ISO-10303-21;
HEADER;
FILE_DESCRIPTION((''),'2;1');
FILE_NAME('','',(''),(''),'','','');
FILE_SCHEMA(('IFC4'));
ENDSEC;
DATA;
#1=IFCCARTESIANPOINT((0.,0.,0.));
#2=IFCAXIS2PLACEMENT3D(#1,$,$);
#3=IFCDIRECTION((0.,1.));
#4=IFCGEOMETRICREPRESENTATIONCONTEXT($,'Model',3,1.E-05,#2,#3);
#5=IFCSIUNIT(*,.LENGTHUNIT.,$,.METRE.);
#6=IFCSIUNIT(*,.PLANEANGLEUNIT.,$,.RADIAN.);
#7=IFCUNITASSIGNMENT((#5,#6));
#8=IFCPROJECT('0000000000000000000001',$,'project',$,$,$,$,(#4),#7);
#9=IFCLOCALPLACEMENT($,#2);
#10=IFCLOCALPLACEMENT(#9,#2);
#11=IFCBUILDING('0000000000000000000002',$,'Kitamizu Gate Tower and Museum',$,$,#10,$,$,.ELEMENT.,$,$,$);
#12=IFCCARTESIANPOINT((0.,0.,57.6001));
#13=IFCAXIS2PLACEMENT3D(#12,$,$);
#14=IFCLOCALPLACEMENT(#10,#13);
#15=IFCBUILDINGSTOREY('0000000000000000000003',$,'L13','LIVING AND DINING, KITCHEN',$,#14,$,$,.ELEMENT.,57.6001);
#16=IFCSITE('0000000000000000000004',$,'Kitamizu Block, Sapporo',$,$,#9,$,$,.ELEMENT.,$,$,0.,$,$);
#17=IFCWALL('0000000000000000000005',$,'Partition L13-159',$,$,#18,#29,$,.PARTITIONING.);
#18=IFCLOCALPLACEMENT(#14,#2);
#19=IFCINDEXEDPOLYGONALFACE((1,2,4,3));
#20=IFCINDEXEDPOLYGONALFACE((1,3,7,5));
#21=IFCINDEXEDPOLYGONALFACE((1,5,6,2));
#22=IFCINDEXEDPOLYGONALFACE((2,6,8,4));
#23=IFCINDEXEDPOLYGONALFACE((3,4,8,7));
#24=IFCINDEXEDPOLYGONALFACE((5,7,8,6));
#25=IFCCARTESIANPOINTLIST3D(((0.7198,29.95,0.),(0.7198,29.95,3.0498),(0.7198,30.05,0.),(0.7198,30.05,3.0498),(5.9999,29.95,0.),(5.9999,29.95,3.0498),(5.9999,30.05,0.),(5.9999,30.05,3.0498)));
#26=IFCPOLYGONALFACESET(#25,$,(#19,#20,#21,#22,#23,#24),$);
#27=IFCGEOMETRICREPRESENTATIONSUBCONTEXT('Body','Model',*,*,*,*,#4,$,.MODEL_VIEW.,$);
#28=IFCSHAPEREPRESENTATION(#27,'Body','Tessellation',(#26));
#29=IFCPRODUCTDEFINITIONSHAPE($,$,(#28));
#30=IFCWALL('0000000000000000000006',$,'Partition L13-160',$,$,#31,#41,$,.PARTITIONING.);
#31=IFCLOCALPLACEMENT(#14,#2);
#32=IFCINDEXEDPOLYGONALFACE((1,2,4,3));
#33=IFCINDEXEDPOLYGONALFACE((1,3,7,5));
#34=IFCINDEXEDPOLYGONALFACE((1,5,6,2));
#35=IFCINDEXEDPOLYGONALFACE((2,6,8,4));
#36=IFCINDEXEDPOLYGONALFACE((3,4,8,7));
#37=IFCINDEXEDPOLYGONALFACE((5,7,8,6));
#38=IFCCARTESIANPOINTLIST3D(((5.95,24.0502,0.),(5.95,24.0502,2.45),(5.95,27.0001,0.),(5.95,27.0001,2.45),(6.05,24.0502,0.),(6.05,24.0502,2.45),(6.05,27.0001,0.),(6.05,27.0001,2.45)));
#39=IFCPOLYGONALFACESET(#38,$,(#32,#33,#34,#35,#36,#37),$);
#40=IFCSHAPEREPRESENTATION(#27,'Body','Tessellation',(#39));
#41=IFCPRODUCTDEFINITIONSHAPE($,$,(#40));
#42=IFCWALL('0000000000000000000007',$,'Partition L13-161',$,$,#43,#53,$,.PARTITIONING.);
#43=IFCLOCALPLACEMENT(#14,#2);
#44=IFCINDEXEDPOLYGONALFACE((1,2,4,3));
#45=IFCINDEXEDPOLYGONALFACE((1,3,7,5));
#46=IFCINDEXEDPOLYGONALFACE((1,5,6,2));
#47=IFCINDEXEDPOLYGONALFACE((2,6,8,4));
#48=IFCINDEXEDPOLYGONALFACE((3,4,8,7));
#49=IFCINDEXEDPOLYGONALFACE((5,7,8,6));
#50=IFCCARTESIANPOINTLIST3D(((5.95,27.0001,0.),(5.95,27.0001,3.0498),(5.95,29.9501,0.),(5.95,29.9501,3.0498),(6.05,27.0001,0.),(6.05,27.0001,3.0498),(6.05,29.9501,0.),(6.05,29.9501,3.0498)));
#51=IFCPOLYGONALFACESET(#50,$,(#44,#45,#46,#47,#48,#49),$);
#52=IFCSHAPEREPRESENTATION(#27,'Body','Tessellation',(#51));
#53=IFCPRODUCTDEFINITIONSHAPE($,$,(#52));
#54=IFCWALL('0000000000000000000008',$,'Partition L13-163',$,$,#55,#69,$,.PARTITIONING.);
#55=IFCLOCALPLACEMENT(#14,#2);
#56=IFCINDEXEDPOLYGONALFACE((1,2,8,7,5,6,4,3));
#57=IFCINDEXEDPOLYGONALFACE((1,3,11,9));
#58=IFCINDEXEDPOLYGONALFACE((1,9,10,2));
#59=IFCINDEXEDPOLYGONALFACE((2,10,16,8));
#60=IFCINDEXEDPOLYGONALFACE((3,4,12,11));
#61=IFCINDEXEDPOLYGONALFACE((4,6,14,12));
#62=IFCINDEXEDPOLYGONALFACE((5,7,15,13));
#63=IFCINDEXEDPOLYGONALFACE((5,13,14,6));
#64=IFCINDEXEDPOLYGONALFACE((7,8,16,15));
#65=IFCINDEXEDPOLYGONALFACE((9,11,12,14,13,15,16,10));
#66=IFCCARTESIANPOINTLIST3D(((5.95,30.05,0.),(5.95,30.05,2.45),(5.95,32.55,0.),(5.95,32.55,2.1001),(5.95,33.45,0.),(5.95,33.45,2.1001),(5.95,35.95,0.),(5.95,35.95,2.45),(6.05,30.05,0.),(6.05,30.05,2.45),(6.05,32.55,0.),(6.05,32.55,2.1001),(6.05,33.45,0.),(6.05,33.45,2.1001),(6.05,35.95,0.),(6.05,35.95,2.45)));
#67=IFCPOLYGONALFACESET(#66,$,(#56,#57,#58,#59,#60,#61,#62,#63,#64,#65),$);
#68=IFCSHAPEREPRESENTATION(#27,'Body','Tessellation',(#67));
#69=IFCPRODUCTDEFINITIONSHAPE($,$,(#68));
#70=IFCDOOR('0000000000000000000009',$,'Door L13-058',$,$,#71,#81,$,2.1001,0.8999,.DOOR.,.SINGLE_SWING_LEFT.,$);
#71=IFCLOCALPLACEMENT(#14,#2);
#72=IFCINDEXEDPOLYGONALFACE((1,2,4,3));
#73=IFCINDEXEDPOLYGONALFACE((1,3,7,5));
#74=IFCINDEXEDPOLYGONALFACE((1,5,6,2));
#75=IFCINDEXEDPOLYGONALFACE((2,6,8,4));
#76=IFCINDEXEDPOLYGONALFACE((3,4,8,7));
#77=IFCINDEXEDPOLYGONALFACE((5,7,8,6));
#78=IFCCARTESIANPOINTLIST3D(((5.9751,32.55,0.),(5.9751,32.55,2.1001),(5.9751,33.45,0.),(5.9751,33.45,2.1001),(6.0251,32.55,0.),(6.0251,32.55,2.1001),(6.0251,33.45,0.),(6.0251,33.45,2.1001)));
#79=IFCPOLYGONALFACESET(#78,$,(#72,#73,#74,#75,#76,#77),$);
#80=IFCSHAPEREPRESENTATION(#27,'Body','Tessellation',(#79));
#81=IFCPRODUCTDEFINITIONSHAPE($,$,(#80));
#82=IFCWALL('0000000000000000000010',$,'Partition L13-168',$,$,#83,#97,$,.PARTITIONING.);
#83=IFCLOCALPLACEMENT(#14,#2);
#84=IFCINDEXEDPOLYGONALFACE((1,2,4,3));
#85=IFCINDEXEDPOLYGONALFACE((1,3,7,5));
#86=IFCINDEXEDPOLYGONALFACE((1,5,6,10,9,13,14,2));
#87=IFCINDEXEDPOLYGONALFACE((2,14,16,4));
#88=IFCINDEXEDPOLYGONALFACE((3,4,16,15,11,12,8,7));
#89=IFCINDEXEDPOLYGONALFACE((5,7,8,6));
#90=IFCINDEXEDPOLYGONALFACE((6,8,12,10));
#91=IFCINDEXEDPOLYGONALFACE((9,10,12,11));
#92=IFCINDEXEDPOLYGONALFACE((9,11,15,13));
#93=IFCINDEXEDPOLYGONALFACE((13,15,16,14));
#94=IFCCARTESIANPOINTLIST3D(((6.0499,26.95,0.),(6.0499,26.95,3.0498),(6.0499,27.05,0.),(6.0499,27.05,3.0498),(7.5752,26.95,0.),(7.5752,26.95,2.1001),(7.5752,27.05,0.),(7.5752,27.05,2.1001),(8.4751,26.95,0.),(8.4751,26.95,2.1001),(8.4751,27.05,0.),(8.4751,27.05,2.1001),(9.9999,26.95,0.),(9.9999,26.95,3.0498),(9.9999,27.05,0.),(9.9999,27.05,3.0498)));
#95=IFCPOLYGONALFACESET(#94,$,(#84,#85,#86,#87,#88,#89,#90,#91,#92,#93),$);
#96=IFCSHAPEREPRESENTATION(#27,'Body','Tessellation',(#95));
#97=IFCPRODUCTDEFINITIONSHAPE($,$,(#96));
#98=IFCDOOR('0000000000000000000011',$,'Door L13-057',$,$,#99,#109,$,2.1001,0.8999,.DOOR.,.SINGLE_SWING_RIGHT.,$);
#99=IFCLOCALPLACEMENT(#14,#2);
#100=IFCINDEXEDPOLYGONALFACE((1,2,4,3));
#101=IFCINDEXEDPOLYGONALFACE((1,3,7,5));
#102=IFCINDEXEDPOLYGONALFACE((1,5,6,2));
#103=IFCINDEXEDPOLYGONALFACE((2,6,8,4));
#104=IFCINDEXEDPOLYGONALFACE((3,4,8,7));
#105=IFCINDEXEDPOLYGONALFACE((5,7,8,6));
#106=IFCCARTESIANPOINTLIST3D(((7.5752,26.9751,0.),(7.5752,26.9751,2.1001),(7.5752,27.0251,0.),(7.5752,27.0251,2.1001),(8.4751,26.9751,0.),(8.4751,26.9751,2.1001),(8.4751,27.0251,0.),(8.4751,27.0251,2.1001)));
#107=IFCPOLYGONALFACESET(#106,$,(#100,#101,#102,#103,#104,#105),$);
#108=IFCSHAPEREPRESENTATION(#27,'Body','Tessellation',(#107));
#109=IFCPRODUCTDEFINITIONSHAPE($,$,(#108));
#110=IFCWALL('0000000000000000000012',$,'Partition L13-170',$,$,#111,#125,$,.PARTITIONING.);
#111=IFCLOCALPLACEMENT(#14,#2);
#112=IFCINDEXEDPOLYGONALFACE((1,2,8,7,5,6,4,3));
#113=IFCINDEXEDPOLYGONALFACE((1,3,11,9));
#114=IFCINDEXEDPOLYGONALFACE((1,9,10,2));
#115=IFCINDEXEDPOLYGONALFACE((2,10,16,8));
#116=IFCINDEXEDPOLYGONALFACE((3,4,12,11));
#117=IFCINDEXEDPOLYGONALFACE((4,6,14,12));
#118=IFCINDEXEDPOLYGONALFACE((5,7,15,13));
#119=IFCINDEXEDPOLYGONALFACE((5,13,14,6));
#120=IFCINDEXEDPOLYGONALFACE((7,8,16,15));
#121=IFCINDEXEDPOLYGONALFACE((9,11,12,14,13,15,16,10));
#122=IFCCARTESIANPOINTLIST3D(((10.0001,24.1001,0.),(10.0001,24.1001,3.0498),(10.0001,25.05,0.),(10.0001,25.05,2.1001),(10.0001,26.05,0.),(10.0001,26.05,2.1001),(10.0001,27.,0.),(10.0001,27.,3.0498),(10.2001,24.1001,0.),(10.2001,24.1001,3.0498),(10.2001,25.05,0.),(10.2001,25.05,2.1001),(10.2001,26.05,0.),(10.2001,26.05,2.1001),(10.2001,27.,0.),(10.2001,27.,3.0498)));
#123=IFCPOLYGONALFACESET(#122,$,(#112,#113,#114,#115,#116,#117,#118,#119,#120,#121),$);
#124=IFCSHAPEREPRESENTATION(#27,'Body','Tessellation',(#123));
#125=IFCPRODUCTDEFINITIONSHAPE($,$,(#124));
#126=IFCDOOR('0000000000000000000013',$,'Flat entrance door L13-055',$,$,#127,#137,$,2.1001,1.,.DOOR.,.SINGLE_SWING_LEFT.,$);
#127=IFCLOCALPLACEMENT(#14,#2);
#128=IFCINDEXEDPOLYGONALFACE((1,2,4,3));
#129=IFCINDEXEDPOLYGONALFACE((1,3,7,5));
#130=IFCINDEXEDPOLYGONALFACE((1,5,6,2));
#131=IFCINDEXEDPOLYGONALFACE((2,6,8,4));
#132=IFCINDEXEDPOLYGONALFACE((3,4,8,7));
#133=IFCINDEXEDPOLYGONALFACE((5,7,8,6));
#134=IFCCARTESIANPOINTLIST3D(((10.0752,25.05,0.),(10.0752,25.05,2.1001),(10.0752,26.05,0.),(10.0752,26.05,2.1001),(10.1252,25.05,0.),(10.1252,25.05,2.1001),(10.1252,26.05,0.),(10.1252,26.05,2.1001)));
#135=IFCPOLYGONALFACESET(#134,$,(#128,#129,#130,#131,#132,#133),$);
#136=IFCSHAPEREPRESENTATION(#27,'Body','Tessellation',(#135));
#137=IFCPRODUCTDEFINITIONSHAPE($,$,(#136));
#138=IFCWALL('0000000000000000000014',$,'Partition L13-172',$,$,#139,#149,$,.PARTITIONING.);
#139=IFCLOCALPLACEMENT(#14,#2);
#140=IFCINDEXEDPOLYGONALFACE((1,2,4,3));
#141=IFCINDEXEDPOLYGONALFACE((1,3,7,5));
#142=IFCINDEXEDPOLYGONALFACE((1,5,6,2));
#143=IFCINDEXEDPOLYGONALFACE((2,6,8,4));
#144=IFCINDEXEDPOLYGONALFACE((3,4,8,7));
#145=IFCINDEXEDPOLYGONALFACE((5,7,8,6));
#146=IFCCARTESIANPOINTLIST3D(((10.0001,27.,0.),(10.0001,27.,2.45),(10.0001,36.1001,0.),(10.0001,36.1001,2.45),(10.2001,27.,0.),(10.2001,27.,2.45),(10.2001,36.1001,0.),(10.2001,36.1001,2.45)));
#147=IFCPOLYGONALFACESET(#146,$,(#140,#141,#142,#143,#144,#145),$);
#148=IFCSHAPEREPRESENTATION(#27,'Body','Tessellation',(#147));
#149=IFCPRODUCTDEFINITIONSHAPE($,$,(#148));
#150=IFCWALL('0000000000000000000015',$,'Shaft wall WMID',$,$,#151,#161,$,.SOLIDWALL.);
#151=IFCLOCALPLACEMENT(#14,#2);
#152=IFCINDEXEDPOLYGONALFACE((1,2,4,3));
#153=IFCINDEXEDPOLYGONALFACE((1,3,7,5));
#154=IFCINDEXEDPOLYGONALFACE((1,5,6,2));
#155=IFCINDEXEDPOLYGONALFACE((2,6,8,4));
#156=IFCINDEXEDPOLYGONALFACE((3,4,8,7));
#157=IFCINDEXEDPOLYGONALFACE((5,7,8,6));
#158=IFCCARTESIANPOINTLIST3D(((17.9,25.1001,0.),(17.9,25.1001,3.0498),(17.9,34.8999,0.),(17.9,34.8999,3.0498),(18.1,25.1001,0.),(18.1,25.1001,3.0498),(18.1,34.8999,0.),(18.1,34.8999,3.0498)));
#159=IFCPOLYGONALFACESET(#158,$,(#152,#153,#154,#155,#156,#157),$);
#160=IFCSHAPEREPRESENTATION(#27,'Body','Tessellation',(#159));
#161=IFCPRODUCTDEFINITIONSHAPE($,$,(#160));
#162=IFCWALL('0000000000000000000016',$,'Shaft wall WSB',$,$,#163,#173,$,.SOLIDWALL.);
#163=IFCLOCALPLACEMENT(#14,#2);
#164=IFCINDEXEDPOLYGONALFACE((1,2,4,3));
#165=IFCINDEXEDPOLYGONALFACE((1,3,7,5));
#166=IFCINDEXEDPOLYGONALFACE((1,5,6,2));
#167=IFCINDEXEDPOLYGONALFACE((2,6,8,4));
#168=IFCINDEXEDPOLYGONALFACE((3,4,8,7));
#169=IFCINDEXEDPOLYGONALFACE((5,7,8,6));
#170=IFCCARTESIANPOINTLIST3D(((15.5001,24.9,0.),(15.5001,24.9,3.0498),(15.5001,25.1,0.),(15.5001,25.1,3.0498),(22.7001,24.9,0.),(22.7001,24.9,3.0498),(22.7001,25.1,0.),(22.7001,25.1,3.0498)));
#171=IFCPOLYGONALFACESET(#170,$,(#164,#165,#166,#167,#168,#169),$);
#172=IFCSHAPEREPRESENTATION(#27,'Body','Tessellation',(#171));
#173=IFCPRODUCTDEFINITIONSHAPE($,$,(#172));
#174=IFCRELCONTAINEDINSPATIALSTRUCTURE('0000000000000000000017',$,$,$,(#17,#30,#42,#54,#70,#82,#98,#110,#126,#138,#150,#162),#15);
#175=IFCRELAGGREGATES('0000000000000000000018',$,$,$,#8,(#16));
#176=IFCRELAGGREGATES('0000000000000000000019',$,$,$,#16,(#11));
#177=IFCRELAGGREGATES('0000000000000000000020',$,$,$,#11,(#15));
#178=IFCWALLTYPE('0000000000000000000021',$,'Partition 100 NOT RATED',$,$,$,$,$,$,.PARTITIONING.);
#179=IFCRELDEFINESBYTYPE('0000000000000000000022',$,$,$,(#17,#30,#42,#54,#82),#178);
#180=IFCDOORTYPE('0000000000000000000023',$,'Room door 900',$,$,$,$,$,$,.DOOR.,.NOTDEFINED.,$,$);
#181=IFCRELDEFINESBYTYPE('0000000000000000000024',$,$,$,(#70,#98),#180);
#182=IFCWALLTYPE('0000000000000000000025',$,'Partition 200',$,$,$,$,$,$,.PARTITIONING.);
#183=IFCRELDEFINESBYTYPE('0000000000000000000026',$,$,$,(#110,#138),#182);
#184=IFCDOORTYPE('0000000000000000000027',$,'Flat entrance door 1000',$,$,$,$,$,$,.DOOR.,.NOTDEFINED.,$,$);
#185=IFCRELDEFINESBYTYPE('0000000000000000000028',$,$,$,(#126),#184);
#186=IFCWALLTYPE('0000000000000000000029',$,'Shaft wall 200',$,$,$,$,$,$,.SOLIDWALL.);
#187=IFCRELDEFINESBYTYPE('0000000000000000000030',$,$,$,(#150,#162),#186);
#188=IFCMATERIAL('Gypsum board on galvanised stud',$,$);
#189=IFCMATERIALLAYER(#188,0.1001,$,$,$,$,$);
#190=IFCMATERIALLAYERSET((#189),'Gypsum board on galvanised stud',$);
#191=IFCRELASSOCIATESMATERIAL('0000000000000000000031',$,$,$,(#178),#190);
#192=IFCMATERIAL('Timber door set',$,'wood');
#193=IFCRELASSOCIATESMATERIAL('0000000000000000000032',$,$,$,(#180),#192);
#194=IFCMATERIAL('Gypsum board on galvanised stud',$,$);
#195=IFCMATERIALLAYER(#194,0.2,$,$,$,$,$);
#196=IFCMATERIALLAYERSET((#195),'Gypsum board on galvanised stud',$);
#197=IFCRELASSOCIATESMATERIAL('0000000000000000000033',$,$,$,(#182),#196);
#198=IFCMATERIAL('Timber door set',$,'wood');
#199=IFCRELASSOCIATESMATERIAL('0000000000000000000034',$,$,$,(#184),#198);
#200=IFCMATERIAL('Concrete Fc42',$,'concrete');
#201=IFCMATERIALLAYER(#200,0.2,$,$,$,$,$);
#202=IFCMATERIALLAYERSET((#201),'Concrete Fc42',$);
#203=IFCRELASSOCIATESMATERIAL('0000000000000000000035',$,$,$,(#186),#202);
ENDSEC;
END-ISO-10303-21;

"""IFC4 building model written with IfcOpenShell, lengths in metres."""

from ifc_helpers import new_model, si_unit, direction, frame, frame_2d, origin, place, context, subcontext, project, spatial, rectangle, extrude, material, layer, layer_set, type_object, element, fill, save


model = new_model("IFC4")

# Units and contexts
model_context = context("Model", 3, precision=1e-05, world=origin(), true_north=direction((0.0, 1.0)))
body_context = subcontext(model_context, "Body", "Model", "MODEL_VIEW")
ifc_project = project(units=[si_unit("LENGTHUNIT", "METRE"), si_unit("PLANEANGLEUNIT", "RADIAN")], contexts=[model_context])

# Site, building, storey
site_placement = place(None, origin())
site = spatial("IfcSite", under=ifc_project, at=site_placement, Name="Kitamizu Block, Sapporo", CompositionType="ELEMENT", RefElevation=0.0)
building_placement = place(site_placement, origin())
building = spatial("IfcBuilding", under=site, at=building_placement, Name="Kitamizu Gate Tower and Museum", CompositionType="ELEMENT")
storey_placement = place(building_placement, frame((0.0, 0.0, 57.6001)))
storey = spatial("IfcBuildingStorey", under=building, at=storey_placement, Name="L13", Description="LIVING AND DINING, KITCHEN", CompositionType="ELEMENT", Elevation=57.6001)

# Shared definitions
ifc_material_1 = material(Name="Gypsum board on galvanised stud")
ifc_layer_1 = layer(ifc_material_1, 0.1001)
ifc_layer_set_1 = layer_set([ifc_layer_1], Name="Gypsum board on galvanised stud")
wall_type_1 = type_object("IfcWallType", Name="Partition 100 NOT RATED", PredefinedType="PARTITIONING", material=ifc_layer_set_1)
ifc_material_2 = material(Name="Timber door set", Category="wood")
door_type_1 = type_object("IfcDoorType", Name="Room door 900", OperationType="NOTDEFINED", PredefinedType="DOOR", material=ifc_material_2)

# Walls
wall_1_placement = place(storey_placement, frame((6.0, 30.0, 0.0), z_axis=(0.0, 0.0, 1.0), x_axis=(-1.0, 0.0, 0.0)))
element("IfcWall", 1, at=wall_1_placement, inside=storey, type_object=wall_type_1, Name="Partition L13-159", PredefinedType="PARTITIONING", context=body_context, shape_type="SweptSolid", body=[
    extrude(rectangle(XDim=5.28, YDim=0.1001, at=frame_2d((2.6401, 0.0))), origin(), (0.0, 0.0, 1.0), 3.0498),
])
wall_2_placement = place(storey_placement, frame((6.0, 24.05, 0.0), z_axis=(0.0, 0.0, 1.0), x_axis=(0.0, 1.0, 0.0)))
element("IfcWall", 2, at=wall_2_placement, inside=storey, type_object=wall_type_1, Name="Partition L13-160", PredefinedType="PARTITIONING", context=body_context, shape_type="SweptSolid", body=[
    extrude(rectangle(XDim=2.95, YDim=0.1001, at=frame_2d((1.4751, 0.0))), origin(), (0.0, 0.0, 1.0), 2.45),
])
wall_3_placement = place(storey_placement, frame((6.0, 27.0, 0.0), z_axis=(0.0, 0.0, 1.0), x_axis=(0.0, 1.0, 0.0)))
element("IfcWall", 3, at=wall_3_placement, inside=storey, type_object=wall_type_1, Name="Partition L13-161", PredefinedType="PARTITIONING", context=body_context, shape_type="SweptSolid", body=[
    extrude(rectangle(XDim=2.95, YDim=0.1001, at=frame_2d((1.4751, 0.0))), origin(), (0.0, 0.0, 1.0), 3.0498),
])

# Walls, openings, doors
wall_4_placement = place(storey_placement, frame((6.0, 30.05, 0.0), z_axis=(0.0, 0.0, 1.0), x_axis=(0.0, 1.0, 0.0)))
wall_4 = element("IfcWall", 4, at=wall_4_placement, inside=storey, type_object=wall_type_1, Name="Partition L13-163", PredefinedType="PARTITIONING", context=body_context, shape_type="SweptSolid", body=[
    extrude(rectangle(XDim=5.8999, YDim=0.1001, at=frame_2d((2.95, 0.0))), origin(), (0.0, 0.0, 1.0), 2.45),
])
opening_1_placement = place(wall_4_placement, frame((2.5, 0.0, 0.0)))
opening_1 = element("IfcOpeningElement", 5, at=opening_1_placement, cuts=wall_4, PredefinedType="OPENING", context=body_context, shape_type="SweptSolid", body=[
    extrude(rectangle(XDim=0.8999, YDim=2.1001, at=frame_2d((0.45, 1.05))), frame((0.0, 0.0601, 0.0), z_axis=(0.0, -1.0, 0.0), x_axis=(1.0, 0.0, 0.0)), (0.0, 0.0, 1.0), 0.1201),
])
door_1_placement = place(opening_1_placement, origin())
door_1 = element("IfcDoor", 6, at=door_1_placement, inside=storey, type_object=door_type_1, Name="Door L13-058", OperationType="SINGLE_SWING_LEFT", OverallHeight=2.1001, OverallWidth=0.8999, PredefinedType="DOOR", context=body_context, shape_type="SweptSolid", body=[
    extrude(rectangle(XDim=0.8999, YDim=2.1001, at=frame_2d((0.45, 1.05))), frame((0.0, 0.0249, 0.0), z_axis=(0.0, -1.0, 0.0), x_axis=(1.0, 0.0, 0.0)), (0.0, 0.0, 1.0), 0.05),
])
fill(opening_1, door_1)
wall_5_placement = place(storey_placement, frame((10.0, 27.0, 0.0), z_axis=(0.0, 0.0, 1.0), x_axis=(-1.0, 0.0, 0.0)))
wall_5 = element("IfcWall", 7, at=wall_5_placement, inside=storey, type_object=wall_type_1, Name="Partition L13-168", PredefinedType="PARTITIONING", context=body_context, shape_type="SweptSolid", body=[
    extrude(rectangle(XDim=3.95, YDim=0.1001, at=frame_2d((1.9751, 0.0))), origin(), (0.0, 0.0, 1.0), 3.0498),
])
opening_2_placement = place(wall_5_placement, frame((1.5249, 0.0, 0.0)))
opening_2 = element("IfcOpeningElement", 8, at=opening_2_placement, cuts=wall_5, PredefinedType="OPENING", context=body_context, shape_type="SweptSolid", body=[
    extrude(rectangle(XDim=0.8999, YDim=2.1001, at=frame_2d((0.45, 1.05))), frame((0.0, 0.0601, 0.0), z_axis=(0.0, -1.0, 0.0), x_axis=(1.0, 0.0, 0.0)), (0.0, 0.0, 1.0), 0.1201),
])
door_2_placement = place(opening_2_placement, origin())
door_2 = element("IfcDoor", 9, at=door_2_placement, inside=storey, type_object=door_type_1, Name="Door L13-057", OperationType="SINGLE_SWING_RIGHT", OverallHeight=2.1001, OverallWidth=0.8999, PredefinedType="DOOR", context=body_context, shape_type="SweptSolid", body=[
    extrude(rectangle(XDim=0.8999, YDim=2.1001, at=frame_2d((0.45, 1.05))), frame((0.0, 0.0249, 0.0), z_axis=(0.0, -1.0, 0.0), x_axis=(1.0, 0.0, 0.0)), (0.0, 0.0, 1.0), 0.05),
])
fill(opening_2, door_2)
ifc_material_3 = material(Name="Gypsum board on galvanised stud")
ifc_layer_2 = layer(ifc_material_3, 0.2)
ifc_layer_set_2 = layer_set([ifc_layer_2], Name="Gypsum board on galvanised stud")
wall_type_2 = type_object("IfcWallType", Name="Partition 200", PredefinedType="PARTITIONING", material=ifc_layer_set_2)
wall_6_placement = place(storey_placement, frame((10.1001, 24.1001, 0.0), z_axis=(0.0, 0.0, 1.0), x_axis=(0.0, 1.0, 0.0)))
wall_6 = element("IfcWall", 10, at=wall_6_placement, inside=storey, type_object=wall_type_2, Name="Partition L13-170", PredefinedType="PARTITIONING", context=body_context, shape_type="SweptSolid", body=[
    extrude(rectangle(XDim=2.8999, YDim=0.2, at=frame_2d((1.45, 0.0))), origin(), (0.0, 0.0, 1.0), 3.0498),
])
opening_3_placement = place(wall_6_placement, frame((0.95, 0.0, 0.0)))
opening_3 = element("IfcOpeningElement", 11, at=opening_3_placement, cuts=wall_6, PredefinedType="OPENING", context=body_context, shape_type="SweptSolid", body=[
    extrude(rectangle(XDim=1.0, YDim=2.1001, at=frame_2d((0.5, 1.05))), frame((0.0, 0.1099, 0.0), z_axis=(0.0, -1.0, 0.0), x_axis=(1.0, 0.0, 0.0)), (0.0, 0.0, 1.0), 0.22),
])
ifc_material_4 = material(Name="Timber door set", Category="wood")
door_type_2 = type_object("IfcDoorType", Name="Flat entrance door 1000", OperationType="NOTDEFINED", PredefinedType="DOOR", material=ifc_material_4)
door_3_placement = place(opening_3_placement, origin())
door_3 = element("IfcDoor", 12, at=door_3_placement, inside=storey, type_object=door_type_2, Name="Flat entrance door L13-055", OperationType="SINGLE_SWING_LEFT", OverallHeight=2.1001, OverallWidth=1.0, PredefinedType="DOOR", context=body_context, shape_type="SweptSolid", body=[
    extrude(rectangle(XDim=1.0, YDim=2.1001, at=frame_2d((0.5, 1.05))), frame((0.0, 0.0249, 0.0), z_axis=(0.0, -1.0, 0.0), x_axis=(1.0, 0.0, 0.0)), (0.0, 0.0, 1.0), 0.05),
])
fill(opening_3, door_3)

# Walls
wall_7_placement = place(storey_placement, frame((10.1001, 27.0, 0.0), z_axis=(0.0, 0.0, 1.0), x_axis=(0.0, 1.0, 0.0)))
element("IfcWall", 13, at=wall_7_placement, inside=storey, type_object=wall_type_2, Name="Partition L13-172", PredefinedType="PARTITIONING", context=body_context, shape_type="SweptSolid", body=[
    extrude(rectangle(XDim=9.1001, YDim=0.2, at=frame_2d((4.55, 0.0))), origin(), (0.0, 0.0, 1.0), 2.45),
])
ifc_material_5 = material(Name="Concrete Fc42", Category="concrete")
ifc_layer_3 = layer(ifc_material_5, 0.2)
ifc_layer_set_3 = layer_set([ifc_layer_3], Name="Concrete Fc42")
wall_type_3 = type_object("IfcWallType", Name="Shaft wall 200", PredefinedType="SOLIDWALL", material=ifc_layer_set_3)
wall_8_placement = place(storey_placement, frame((18.0, 25.1001, 0.0), z_axis=(0.0, 0.0, 1.0), x_axis=(0.0, 1.0, 0.0)))
element("IfcWall", 14, at=wall_8_placement, inside=storey, type_object=wall_type_3, Name="Shaft wall WMID", PredefinedType="SOLIDWALL", context=body_context, shape_type="SweptSolid", body=[
    extrude(rectangle(XDim=9.7998, YDim=0.2, at=frame_2d((4.8999, 0.0))), origin(), (0.0, 0.0, 1.0), 3.0498),
])
for number, where, z_axis, x_axis, name in (
    (15, (15.5, 25.0, 0.0), (0.0, 0.0, 1.0), (1.0, 0.0, 0.0), "Shaft wall WSB"),
):
    element("IfcWall", number, at=place(storey_placement, frame(where, z_axis=z_axis, x_axis=x_axis)), inside=storey, type_object=wall_type_3, Name=name, PredefinedType="SOLIDWALL", context=body_context, shape_type="SweptSolid", body=[
        extrude(rectangle(XDim=7.2, YDim=0.2, at=frame_2d((3.6001, 0.0))), origin(), (0.0, 0.0, 1.0), 3.0498),
    ])

save(model, "model.ifc")
